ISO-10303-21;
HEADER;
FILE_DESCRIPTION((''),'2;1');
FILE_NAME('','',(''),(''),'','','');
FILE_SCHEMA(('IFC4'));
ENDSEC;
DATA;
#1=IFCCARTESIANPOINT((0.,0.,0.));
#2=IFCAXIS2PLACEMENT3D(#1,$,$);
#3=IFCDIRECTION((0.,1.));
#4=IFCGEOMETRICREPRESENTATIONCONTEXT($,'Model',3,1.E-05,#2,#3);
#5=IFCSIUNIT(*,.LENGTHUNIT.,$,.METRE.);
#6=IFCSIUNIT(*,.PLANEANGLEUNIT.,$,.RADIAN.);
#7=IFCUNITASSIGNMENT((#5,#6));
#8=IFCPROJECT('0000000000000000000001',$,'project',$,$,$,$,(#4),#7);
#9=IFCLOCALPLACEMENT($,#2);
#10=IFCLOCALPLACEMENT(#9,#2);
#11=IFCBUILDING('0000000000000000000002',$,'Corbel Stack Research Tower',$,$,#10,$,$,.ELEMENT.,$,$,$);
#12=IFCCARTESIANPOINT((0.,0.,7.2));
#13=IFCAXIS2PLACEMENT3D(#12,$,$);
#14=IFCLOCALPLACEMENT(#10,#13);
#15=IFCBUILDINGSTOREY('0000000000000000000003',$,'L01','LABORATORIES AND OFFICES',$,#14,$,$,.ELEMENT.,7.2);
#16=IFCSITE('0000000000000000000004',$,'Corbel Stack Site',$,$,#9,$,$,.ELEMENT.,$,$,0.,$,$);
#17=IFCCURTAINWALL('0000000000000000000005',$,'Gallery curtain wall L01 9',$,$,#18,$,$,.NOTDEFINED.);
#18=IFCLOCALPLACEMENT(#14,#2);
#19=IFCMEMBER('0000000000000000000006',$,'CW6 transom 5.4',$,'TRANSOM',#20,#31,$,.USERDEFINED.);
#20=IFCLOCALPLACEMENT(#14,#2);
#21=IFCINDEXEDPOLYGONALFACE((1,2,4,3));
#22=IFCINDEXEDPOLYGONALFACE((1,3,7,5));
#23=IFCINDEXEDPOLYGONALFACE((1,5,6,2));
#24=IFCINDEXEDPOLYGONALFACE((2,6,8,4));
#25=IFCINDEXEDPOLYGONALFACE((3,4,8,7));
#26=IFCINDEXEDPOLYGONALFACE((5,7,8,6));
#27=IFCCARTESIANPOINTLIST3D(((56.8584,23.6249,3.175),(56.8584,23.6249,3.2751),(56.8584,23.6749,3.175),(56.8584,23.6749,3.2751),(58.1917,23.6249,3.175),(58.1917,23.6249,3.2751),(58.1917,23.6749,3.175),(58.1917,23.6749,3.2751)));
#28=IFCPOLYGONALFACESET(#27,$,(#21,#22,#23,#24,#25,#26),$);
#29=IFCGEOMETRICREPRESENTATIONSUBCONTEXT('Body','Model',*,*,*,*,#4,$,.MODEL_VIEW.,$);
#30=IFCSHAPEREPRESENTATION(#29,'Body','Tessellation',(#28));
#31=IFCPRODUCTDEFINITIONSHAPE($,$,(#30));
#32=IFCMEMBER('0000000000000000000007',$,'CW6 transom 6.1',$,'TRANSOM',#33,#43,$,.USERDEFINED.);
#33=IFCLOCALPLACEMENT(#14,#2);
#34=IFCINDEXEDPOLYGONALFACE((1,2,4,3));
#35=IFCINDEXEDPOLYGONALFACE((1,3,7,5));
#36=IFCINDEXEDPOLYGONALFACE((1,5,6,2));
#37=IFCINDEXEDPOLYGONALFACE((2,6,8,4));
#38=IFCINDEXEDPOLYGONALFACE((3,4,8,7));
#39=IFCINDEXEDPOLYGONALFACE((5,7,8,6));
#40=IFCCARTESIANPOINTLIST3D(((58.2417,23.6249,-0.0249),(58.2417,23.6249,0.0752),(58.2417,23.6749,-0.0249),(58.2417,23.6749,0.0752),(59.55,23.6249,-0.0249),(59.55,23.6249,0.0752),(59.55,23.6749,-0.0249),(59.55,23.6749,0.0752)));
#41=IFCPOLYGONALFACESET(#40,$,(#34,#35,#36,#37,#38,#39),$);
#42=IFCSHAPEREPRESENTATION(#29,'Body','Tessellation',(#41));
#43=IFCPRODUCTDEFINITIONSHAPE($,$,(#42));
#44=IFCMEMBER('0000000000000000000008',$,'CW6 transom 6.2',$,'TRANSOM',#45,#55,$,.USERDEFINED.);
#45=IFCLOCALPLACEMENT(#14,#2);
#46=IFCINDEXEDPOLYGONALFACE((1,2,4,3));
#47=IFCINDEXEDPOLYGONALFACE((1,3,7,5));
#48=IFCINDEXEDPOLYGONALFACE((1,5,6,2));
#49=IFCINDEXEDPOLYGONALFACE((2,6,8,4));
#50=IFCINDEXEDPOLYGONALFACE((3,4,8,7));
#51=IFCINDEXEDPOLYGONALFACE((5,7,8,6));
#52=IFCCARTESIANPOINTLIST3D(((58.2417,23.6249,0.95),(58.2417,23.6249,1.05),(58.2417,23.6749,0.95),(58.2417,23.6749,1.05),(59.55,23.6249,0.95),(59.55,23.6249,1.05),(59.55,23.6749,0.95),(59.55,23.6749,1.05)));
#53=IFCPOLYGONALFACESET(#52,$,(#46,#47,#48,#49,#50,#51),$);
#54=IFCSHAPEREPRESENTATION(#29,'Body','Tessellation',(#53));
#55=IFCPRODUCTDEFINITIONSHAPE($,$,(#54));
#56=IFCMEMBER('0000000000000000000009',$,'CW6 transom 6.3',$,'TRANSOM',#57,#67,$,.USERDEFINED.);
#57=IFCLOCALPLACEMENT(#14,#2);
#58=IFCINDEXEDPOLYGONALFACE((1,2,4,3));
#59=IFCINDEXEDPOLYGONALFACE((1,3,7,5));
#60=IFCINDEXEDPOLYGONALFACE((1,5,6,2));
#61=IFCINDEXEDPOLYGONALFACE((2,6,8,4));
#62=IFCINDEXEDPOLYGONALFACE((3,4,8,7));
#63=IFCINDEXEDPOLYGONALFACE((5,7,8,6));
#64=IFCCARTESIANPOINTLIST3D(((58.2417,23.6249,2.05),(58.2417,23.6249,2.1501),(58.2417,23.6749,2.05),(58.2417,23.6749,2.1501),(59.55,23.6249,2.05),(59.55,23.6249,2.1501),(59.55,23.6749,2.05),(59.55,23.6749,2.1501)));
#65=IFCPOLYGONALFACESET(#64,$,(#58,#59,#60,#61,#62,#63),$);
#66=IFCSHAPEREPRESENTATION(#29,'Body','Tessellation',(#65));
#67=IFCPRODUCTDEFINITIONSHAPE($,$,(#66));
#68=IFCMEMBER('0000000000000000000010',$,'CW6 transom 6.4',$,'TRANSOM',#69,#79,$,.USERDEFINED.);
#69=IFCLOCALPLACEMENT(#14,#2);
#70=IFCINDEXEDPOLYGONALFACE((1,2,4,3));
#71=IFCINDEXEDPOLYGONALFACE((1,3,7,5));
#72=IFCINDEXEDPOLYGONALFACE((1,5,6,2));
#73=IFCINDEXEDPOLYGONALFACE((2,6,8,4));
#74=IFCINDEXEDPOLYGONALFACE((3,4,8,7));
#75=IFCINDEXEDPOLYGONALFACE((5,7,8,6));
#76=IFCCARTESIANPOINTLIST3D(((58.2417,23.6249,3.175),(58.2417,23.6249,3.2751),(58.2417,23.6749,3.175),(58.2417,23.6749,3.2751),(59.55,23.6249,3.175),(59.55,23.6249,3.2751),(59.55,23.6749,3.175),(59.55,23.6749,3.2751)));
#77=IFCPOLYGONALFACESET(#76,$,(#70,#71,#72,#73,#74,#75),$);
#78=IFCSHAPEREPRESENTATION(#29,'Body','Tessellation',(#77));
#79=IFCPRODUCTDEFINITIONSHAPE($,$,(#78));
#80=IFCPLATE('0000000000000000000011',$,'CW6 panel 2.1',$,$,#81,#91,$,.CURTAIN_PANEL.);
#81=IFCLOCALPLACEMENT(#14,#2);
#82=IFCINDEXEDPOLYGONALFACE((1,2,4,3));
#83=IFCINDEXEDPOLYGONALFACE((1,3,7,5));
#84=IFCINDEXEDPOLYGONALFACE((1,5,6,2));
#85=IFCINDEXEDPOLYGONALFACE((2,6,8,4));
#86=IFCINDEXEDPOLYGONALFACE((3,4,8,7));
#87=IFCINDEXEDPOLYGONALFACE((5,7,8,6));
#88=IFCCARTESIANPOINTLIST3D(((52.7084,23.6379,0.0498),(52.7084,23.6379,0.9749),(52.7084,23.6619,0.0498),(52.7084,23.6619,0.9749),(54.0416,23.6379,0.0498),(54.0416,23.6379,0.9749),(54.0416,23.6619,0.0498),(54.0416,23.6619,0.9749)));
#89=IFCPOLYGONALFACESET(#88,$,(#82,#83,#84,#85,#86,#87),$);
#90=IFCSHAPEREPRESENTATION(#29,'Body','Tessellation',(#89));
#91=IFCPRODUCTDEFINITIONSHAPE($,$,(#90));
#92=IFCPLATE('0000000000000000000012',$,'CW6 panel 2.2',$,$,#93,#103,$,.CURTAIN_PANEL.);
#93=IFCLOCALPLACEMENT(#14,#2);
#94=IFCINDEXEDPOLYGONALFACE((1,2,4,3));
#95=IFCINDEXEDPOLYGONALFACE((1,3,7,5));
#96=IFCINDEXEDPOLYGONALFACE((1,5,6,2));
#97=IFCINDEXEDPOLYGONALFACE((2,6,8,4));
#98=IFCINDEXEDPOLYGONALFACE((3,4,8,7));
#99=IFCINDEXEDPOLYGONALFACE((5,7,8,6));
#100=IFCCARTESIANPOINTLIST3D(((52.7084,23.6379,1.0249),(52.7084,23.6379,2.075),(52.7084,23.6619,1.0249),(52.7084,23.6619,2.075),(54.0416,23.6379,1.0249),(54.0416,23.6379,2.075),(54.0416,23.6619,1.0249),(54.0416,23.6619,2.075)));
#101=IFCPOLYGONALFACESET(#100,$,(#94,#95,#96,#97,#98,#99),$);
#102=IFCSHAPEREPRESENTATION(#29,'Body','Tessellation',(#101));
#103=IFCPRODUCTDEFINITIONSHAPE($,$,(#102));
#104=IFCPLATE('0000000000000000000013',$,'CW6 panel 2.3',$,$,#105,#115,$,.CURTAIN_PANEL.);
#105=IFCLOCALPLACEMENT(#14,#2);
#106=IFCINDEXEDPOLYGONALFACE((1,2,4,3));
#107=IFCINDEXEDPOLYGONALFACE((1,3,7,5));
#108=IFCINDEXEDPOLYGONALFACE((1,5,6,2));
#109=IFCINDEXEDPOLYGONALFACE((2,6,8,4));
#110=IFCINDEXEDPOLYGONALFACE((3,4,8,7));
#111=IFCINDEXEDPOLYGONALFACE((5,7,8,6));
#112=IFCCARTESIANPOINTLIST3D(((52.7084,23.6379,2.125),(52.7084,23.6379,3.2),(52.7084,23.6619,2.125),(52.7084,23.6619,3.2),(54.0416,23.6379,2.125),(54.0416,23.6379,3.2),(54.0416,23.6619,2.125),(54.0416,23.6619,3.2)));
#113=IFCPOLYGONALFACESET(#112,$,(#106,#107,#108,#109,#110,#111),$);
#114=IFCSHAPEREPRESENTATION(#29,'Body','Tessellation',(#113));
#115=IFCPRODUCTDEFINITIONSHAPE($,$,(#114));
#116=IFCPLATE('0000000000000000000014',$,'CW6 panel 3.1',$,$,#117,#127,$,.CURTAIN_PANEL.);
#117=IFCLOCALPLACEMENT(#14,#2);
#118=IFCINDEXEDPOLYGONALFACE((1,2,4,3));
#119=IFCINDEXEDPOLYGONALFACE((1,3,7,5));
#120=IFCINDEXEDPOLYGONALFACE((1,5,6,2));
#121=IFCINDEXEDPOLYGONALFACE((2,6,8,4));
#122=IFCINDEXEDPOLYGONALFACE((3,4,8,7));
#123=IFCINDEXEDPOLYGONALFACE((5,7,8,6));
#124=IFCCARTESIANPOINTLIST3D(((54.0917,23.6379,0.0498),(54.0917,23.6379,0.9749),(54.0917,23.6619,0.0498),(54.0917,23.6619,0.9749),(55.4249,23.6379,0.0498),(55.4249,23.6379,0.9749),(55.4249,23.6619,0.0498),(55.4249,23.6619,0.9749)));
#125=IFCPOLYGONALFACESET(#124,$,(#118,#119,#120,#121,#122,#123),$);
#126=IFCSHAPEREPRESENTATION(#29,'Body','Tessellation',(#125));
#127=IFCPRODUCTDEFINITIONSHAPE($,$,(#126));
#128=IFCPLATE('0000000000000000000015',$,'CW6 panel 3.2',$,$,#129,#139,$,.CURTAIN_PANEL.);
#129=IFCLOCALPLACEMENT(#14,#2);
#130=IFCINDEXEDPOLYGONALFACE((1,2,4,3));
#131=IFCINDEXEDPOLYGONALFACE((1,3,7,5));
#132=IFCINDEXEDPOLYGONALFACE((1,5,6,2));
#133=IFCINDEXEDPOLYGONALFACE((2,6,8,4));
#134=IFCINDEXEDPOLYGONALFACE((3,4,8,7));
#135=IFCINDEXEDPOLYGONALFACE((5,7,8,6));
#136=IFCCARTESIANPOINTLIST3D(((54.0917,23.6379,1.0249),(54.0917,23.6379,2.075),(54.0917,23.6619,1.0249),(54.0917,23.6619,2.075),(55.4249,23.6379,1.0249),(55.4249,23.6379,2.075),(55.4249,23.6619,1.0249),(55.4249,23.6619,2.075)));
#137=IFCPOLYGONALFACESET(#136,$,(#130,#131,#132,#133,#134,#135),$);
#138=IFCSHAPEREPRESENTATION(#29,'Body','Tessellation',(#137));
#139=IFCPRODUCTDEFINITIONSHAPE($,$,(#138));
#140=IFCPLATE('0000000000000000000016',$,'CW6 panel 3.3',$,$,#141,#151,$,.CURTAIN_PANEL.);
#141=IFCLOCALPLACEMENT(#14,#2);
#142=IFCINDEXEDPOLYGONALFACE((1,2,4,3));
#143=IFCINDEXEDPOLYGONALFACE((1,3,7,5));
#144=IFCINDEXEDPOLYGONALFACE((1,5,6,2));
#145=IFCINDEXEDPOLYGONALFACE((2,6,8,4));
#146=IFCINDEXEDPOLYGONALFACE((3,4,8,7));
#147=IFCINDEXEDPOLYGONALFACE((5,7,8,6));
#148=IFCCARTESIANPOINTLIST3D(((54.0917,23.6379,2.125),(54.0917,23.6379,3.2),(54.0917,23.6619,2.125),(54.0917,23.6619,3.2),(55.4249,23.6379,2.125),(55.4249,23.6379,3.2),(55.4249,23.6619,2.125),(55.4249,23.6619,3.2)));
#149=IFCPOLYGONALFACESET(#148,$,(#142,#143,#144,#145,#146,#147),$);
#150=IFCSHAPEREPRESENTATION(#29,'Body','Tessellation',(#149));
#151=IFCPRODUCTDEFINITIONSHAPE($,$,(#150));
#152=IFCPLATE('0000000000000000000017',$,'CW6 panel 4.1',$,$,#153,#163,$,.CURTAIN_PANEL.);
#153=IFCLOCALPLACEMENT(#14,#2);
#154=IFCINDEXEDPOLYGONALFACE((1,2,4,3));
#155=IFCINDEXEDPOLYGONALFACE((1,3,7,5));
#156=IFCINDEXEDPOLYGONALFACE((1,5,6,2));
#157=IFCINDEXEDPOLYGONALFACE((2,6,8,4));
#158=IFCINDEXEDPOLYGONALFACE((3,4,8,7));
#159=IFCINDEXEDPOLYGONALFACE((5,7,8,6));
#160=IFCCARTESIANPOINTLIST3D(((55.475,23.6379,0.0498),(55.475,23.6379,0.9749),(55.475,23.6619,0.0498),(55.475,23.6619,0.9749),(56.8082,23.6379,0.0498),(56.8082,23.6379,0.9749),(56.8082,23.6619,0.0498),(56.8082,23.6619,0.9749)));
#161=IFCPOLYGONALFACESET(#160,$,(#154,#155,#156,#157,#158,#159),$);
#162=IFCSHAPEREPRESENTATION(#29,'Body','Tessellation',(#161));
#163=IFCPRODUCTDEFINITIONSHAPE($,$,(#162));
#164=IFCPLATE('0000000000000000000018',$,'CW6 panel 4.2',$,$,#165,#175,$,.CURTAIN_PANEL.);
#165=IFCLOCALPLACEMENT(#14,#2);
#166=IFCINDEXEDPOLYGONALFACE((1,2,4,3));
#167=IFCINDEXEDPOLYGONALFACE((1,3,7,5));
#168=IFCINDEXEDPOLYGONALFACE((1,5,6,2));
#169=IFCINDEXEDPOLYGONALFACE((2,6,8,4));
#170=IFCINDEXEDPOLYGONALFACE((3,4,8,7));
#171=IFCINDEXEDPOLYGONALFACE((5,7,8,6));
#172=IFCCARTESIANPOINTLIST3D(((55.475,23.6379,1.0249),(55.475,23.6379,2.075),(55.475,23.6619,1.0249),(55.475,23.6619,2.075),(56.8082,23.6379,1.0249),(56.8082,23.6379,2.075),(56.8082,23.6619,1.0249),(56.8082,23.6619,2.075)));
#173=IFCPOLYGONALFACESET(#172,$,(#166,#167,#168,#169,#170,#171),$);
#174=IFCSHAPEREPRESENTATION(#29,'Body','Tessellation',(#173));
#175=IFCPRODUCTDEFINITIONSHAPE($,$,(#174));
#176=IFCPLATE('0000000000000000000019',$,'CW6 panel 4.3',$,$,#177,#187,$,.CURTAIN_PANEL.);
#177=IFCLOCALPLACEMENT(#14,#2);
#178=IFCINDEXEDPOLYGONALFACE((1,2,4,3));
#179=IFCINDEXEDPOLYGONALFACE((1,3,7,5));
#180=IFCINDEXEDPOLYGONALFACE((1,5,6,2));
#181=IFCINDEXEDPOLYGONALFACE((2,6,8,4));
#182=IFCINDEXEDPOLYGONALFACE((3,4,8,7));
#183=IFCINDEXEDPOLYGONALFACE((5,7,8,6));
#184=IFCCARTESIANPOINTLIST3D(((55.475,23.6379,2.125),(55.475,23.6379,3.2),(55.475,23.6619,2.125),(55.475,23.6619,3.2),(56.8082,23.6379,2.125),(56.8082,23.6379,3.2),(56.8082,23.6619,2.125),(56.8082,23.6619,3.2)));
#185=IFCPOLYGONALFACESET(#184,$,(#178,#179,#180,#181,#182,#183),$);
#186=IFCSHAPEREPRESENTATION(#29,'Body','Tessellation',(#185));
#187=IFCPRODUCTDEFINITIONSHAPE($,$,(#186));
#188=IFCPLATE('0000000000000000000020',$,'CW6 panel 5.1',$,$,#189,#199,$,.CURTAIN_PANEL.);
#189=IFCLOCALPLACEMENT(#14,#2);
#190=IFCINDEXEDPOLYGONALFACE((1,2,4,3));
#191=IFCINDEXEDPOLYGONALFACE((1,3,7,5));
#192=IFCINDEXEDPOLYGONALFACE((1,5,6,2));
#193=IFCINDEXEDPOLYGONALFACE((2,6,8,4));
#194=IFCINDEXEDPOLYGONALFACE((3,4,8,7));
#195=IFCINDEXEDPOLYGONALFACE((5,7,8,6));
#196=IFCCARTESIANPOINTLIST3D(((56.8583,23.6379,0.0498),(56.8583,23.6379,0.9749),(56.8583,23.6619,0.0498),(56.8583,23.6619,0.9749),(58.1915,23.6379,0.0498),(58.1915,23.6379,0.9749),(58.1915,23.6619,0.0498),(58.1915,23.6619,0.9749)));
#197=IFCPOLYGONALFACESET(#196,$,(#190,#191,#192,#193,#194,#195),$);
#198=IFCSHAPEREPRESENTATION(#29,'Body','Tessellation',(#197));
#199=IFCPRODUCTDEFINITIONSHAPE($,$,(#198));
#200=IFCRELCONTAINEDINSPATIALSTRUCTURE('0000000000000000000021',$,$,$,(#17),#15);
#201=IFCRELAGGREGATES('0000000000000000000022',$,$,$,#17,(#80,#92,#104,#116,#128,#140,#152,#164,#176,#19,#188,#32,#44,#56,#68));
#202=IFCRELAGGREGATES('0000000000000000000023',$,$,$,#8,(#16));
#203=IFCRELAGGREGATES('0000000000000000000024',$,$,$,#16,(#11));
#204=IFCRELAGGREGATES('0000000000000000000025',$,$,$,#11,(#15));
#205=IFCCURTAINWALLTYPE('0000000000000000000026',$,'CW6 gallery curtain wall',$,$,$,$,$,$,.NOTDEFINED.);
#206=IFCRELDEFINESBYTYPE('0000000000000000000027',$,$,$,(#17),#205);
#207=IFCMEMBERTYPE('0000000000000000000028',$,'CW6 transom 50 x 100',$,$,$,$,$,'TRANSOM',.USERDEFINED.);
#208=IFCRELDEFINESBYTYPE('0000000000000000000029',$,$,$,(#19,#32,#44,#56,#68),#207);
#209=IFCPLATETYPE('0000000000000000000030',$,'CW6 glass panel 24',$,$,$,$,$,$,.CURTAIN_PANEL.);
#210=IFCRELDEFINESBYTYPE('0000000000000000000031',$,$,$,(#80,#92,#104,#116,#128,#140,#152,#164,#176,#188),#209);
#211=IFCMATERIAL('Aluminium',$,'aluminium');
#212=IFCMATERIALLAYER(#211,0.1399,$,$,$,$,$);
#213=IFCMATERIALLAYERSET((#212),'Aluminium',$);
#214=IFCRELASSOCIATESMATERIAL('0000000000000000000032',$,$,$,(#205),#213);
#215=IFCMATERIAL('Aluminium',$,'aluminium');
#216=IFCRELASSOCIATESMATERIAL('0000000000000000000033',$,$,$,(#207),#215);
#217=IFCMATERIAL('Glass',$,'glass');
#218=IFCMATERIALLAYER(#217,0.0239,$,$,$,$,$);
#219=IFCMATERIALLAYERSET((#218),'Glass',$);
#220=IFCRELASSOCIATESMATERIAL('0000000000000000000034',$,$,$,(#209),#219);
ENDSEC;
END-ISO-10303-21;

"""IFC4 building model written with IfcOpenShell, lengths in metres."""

from ifc_helpers import new_model, si_unit, direction, frame, origin, origin_2d, place, context, subcontext, project, spatial, rectangle, extrude, material, layer, layer_set, material_profile, profile_set, type_object, element, aggregate, save


model = new_model("IFC4")

# Units and contexts
model_context = context("Model", 3, precision=1e-05, world=origin(), true_north=direction((0.0, 1.0)))
body_context = subcontext(model_context, "Body", "Model", "MODEL_VIEW")
ifc_project = project(units=[si_unit("LENGTHUNIT", "METRE"), si_unit("PLANEANGLEUNIT", "RADIAN")], contexts=[model_context])

# Site, building, storey
site_placement = place(None, origin())
site = spatial("IfcSite", under=ifc_project, at=site_placement, Name="Corbel Stack Site", CompositionType="ELEMENT", RefElevation=0.0)
building_placement = place(site_placement, origin())
building = spatial("IfcBuilding", under=site, at=building_placement, Name="Corbel Stack Research Tower", CompositionType="ELEMENT")
storey_placement = place(building_placement, frame((0.0, 0.0, 7.2)))
storey = spatial("IfcBuildingStorey", under=building, at=storey_placement, Name="L01", Description="LABORATORIES AND OFFICES", CompositionType="ELEMENT", Elevation=7.2)

# Curtain wall, members, plates
ifc_material_1 = material(Name="Aluminium", Category="aluminium")
ifc_layer_1 = layer(ifc_material_1, 0.1399)
ifc_layer_set_1 = layer_set([ifc_layer_1], Name="Aluminium")
curtain_wall_type = type_object("IfcCurtainWallType", Name="CW6 gallery curtain wall", PredefinedType="NOTDEFINED", material=ifc_layer_set_1)
curtain_wall_placement = place(storey_placement, origin())
curtain_wall = element("IfcCurtainWall", 1, at=curtain_wall_placement, inside=storey, type_object=curtain_wall_type, Name="Gallery curtain wall L01 9", PredefinedType="NOTDEFINED")
ifc_material_2 = material(Name="Aluminium", Category="aluminium")
ifc_material_profile_1 = material_profile(ifc_material_2, rectangle(XDim=0.05, YDim=0.1001, at=origin_2d()), Name="Transom 50 x 100")
ifc_profile_set_1 = profile_set([ifc_material_profile_1], Name="Aluminium")
member_type_1 = type_object("IfcMemberType", Name="CW6 transom 50 x 100", ElementType="TRANSOM", PredefinedType="USERDEFINED", material=ifc_profile_set_1)
member_1_placement = place(storey_placement, frame((56.8584, 23.6499, 3.2251), z_axis=(1.0, 0.0, 0.0), x_axis=(0.0, 1.0, 0.0)))
member_1 = element("IfcMember", 2, at=member_1_placement, type_object=member_type_1, Name="CW6 transom 5.4", ObjectType="TRANSOM", PredefinedType="USERDEFINED", context=body_context, shape_type="SweptSolid", body=[
    extrude(rectangle(XDim=0.05, YDim=0.1001, at=origin_2d()), origin(), (0.0, 0.0, 1.0), 1.3333),
])
member_2_placement = place(storey_placement, frame((58.2417, 23.6499, 0.0251), z_axis=(1.0, 0.0, 0.0), x_axis=(0.0, 1.0, 0.0)))
member_2 = element("IfcMember", 3, at=member_2_placement, type_object=member_type_1, Name="CW6 transom 6.1", ObjectType="TRANSOM", PredefinedType="USERDEFINED", context=body_context, shape_type="SweptSolid", body=[
    extrude(rectangle(XDim=0.05, YDim=0.1001, at=origin_2d()), origin(), (0.0, 0.0, 1.0), 1.3083),
])
member_3_placement = place(storey_placement, frame((58.2417, 23.6499, 1.0), z_axis=(1.0, 0.0, 0.0), x_axis=(0.0, 1.0, 0.0)))
member_3 = element("IfcMember", 4, at=member_3_placement, type_object=member_type_1, Name="CW6 transom 6.2", ObjectType="TRANSOM", PredefinedType="USERDEFINED", context=body_context, shape_type="SweptSolid", body=[
    extrude(rectangle(XDim=0.05, YDim=0.1001, at=origin_2d()), origin(), (0.0, 0.0, 1.0), 1.3083),
])
member_4_placement = place(storey_placement, frame((58.2417, 23.6499, 2.1001), z_axis=(1.0, 0.0, 0.0), x_axis=(0.0, 1.0, 0.0)))
member_4 = element("IfcMember", 5, at=member_4_placement, type_object=member_type_1, Name="CW6 transom 6.3", ObjectType="TRANSOM", PredefinedType="USERDEFINED", context=body_context, shape_type="SweptSolid", body=[
    extrude(rectangle(XDim=0.05, YDim=0.1001, at=origin_2d()), origin(), (0.0, 0.0, 1.0), 1.3083),
])
member_5_placement = place(storey_placement, frame((58.2417, 23.6499, 3.2251), z_axis=(1.0, 0.0, 0.0), x_axis=(0.0, 1.0, 0.0)))
member_5 = element("IfcMember", 6, at=member_5_placement, type_object=member_type_1, Name="CW6 transom 6.4", ObjectType="TRANSOM", PredefinedType="USERDEFINED", context=body_context, shape_type="SweptSolid", body=[
    extrude(rectangle(XDim=0.05, YDim=0.1001, at=origin_2d()), origin(), (0.0, 0.0, 1.0), 1.3083),
])
ifc_material_3 = material(Name="Glass", Category="glass")
ifc_layer_2 = layer(ifc_material_3, 0.0239)
ifc_layer_set_2 = layer_set([ifc_layer_2], Name="Glass")
plate_type = type_object("IfcPlateType", Name="CW6 glass panel 24", PredefinedType="CURTAIN_PANEL", material=ifc_layer_set_2)
plate_1_placement = place(storey_placement, frame((53.375, 23.6499, 0.0498), z_axis=(0.0, 0.0, 1.0), x_axis=(1.0, 0.0, 0.0)))
plate_1 = element("IfcPlate", 7, at=plate_1_placement, type_object=plate_type, Name="CW6 panel 2.1", PredefinedType="CURTAIN_PANEL", context=body_context, shape_type="SweptSolid", body=[
    extrude(rectangle(XDim=1.3333, YDim=0.0239, at=origin_2d()), origin(), (0.0, 0.0, 1.0), 0.925),
])
plate_2_placement = place(storey_placement, frame((53.375, 23.6499, 1.0249), z_axis=(0.0, 0.0, 1.0), x_axis=(1.0, 0.0, 0.0)))
plate_2 = element("IfcPlate", 8, at=plate_2_placement, type_object=plate_type, Name="CW6 panel 2.2", PredefinedType="CURTAIN_PANEL", context=body_context, shape_type="SweptSolid", body=[
    extrude(rectangle(XDim=1.3333, YDim=0.0239, at=origin_2d()), origin(), (0.0, 0.0, 1.0), 1.05),
])
plate_3_placement = place(storey_placement, frame((53.375, 23.6499, 2.125), z_axis=(0.0, 0.0, 1.0), x_axis=(1.0, 0.0, 0.0)))
plate_3 = element("IfcPlate", 9, at=plate_3_placement, type_object=plate_type, Name="CW6 panel 2.3", PredefinedType="CURTAIN_PANEL", context=body_context, shape_type="SweptSolid", body=[
    extrude(rectangle(XDim=1.3333, YDim=0.0239, at=origin_2d()), origin(), (0.0, 0.0, 1.0), 1.075),
])
plate_4_placement = place(storey_placement, frame((54.7583, 23.6499, 0.0498), z_axis=(0.0, 0.0, 1.0), x_axis=(1.0, 0.0, 0.0)))
plate_4 = element("IfcPlate", 10, at=plate_4_placement, type_object=plate_type, Name="CW6 panel 3.1", PredefinedType="CURTAIN_PANEL", context=body_context, shape_type="SweptSolid", body=[
    extrude(rectangle(XDim=1.3333, YDim=0.0239, at=origin_2d()), origin(), (0.0, 0.0, 1.0), 0.925),
])
plate_5_placement = place(storey_placement, frame((54.7583, 23.6499, 1.0249), z_axis=(0.0, 0.0, 1.0), x_axis=(1.0, 0.0, 0.0)))
plate_5 = element("IfcPlate", 11, at=plate_5_placement, type_object=plate_type, Name="CW6 panel 3.2", PredefinedType="CURTAIN_PANEL", context=body_context, shape_type="SweptSolid", body=[
    extrude(rectangle(XDim=1.3333, YDim=0.0239, at=origin_2d()), origin(), (0.0, 0.0, 1.0), 1.05),
])
plate_6_placement = place(storey_placement, frame((54.7583, 23.6499, 2.125), z_axis=(0.0, 0.0, 1.0), x_axis=(1.0, 0.0, 0.0)))
plate_6 = element("IfcPlate", 12, at=plate_6_placement, type_object=plate_type, Name="CW6 panel 3.3", PredefinedType="CURTAIN_PANEL", context=body_context, shape_type="SweptSolid", body=[
    extrude(rectangle(XDim=1.3333, YDim=0.0239, at=origin_2d()), origin(), (0.0, 0.0, 1.0), 1.075),
])
plate_7_placement = place(storey_placement, frame((56.1416, 23.6499, 0.0498), z_axis=(0.0, 0.0, 1.0), x_axis=(1.0, 0.0, 0.0)))
plate_7 = element("IfcPlate", 13, at=plate_7_placement, type_object=plate_type, Name="CW6 panel 4.1", PredefinedType="CURTAIN_PANEL", context=body_context, shape_type="SweptSolid", body=[
    extrude(rectangle(XDim=1.3333, YDim=0.0239, at=origin_2d()), origin(), (0.0, 0.0, 1.0), 0.925),
])
plate_8_placement = place(storey_placement, frame((56.1416, 23.6499, 1.0249), z_axis=(0.0, 0.0, 1.0), x_axis=(1.0, 0.0, 0.0)))
plate_8 = element("IfcPlate", 14, at=plate_8_placement, type_object=plate_type, Name="CW6 panel 4.2", PredefinedType="CURTAIN_PANEL", context=body_context, shape_type="SweptSolid", body=[
    extrude(rectangle(XDim=1.3333, YDim=0.0239, at=origin_2d()), origin(), (0.0, 0.0, 1.0), 1.05),
])
plate_9_placement = place(storey_placement, frame((56.1416, 23.6499, 2.125), z_axis=(0.0, 0.0, 1.0), x_axis=(1.0, 0.0, 0.0)))
plate_9 = element("IfcPlate", 15, at=plate_9_placement, type_object=plate_type, Name="CW6 panel 4.3", PredefinedType="CURTAIN_PANEL", context=body_context, shape_type="SweptSolid", body=[
    extrude(rectangle(XDim=1.3333, YDim=0.0239, at=origin_2d()), origin(), (0.0, 0.0, 1.0), 1.075),
])
plate_10_placement = place(storey_placement, frame((57.5249, 23.6499, 0.0498), z_axis=(0.0, 0.0, 1.0), x_axis=(1.0, 0.0, 0.0)))
plate_10 = element("IfcPlate", 16, at=plate_10_placement, type_object=plate_type, Name="CW6 panel 5.1", PredefinedType="CURTAIN_PANEL", context=body_context, shape_type="SweptSolid", body=[
    extrude(rectangle(XDim=1.3333, YDim=0.0239, at=origin_2d()), origin(), (0.0, 0.0, 1.0), 0.925),
])
aggregate(curtain_wall, [plate_1, plate_2, plate_3, plate_4, plate_5, plate_6, plate_7, plate_8, plate_9, member_1, plate_10, member_2, member_3, member_4, member_5])

save(model, "model.ifc")
